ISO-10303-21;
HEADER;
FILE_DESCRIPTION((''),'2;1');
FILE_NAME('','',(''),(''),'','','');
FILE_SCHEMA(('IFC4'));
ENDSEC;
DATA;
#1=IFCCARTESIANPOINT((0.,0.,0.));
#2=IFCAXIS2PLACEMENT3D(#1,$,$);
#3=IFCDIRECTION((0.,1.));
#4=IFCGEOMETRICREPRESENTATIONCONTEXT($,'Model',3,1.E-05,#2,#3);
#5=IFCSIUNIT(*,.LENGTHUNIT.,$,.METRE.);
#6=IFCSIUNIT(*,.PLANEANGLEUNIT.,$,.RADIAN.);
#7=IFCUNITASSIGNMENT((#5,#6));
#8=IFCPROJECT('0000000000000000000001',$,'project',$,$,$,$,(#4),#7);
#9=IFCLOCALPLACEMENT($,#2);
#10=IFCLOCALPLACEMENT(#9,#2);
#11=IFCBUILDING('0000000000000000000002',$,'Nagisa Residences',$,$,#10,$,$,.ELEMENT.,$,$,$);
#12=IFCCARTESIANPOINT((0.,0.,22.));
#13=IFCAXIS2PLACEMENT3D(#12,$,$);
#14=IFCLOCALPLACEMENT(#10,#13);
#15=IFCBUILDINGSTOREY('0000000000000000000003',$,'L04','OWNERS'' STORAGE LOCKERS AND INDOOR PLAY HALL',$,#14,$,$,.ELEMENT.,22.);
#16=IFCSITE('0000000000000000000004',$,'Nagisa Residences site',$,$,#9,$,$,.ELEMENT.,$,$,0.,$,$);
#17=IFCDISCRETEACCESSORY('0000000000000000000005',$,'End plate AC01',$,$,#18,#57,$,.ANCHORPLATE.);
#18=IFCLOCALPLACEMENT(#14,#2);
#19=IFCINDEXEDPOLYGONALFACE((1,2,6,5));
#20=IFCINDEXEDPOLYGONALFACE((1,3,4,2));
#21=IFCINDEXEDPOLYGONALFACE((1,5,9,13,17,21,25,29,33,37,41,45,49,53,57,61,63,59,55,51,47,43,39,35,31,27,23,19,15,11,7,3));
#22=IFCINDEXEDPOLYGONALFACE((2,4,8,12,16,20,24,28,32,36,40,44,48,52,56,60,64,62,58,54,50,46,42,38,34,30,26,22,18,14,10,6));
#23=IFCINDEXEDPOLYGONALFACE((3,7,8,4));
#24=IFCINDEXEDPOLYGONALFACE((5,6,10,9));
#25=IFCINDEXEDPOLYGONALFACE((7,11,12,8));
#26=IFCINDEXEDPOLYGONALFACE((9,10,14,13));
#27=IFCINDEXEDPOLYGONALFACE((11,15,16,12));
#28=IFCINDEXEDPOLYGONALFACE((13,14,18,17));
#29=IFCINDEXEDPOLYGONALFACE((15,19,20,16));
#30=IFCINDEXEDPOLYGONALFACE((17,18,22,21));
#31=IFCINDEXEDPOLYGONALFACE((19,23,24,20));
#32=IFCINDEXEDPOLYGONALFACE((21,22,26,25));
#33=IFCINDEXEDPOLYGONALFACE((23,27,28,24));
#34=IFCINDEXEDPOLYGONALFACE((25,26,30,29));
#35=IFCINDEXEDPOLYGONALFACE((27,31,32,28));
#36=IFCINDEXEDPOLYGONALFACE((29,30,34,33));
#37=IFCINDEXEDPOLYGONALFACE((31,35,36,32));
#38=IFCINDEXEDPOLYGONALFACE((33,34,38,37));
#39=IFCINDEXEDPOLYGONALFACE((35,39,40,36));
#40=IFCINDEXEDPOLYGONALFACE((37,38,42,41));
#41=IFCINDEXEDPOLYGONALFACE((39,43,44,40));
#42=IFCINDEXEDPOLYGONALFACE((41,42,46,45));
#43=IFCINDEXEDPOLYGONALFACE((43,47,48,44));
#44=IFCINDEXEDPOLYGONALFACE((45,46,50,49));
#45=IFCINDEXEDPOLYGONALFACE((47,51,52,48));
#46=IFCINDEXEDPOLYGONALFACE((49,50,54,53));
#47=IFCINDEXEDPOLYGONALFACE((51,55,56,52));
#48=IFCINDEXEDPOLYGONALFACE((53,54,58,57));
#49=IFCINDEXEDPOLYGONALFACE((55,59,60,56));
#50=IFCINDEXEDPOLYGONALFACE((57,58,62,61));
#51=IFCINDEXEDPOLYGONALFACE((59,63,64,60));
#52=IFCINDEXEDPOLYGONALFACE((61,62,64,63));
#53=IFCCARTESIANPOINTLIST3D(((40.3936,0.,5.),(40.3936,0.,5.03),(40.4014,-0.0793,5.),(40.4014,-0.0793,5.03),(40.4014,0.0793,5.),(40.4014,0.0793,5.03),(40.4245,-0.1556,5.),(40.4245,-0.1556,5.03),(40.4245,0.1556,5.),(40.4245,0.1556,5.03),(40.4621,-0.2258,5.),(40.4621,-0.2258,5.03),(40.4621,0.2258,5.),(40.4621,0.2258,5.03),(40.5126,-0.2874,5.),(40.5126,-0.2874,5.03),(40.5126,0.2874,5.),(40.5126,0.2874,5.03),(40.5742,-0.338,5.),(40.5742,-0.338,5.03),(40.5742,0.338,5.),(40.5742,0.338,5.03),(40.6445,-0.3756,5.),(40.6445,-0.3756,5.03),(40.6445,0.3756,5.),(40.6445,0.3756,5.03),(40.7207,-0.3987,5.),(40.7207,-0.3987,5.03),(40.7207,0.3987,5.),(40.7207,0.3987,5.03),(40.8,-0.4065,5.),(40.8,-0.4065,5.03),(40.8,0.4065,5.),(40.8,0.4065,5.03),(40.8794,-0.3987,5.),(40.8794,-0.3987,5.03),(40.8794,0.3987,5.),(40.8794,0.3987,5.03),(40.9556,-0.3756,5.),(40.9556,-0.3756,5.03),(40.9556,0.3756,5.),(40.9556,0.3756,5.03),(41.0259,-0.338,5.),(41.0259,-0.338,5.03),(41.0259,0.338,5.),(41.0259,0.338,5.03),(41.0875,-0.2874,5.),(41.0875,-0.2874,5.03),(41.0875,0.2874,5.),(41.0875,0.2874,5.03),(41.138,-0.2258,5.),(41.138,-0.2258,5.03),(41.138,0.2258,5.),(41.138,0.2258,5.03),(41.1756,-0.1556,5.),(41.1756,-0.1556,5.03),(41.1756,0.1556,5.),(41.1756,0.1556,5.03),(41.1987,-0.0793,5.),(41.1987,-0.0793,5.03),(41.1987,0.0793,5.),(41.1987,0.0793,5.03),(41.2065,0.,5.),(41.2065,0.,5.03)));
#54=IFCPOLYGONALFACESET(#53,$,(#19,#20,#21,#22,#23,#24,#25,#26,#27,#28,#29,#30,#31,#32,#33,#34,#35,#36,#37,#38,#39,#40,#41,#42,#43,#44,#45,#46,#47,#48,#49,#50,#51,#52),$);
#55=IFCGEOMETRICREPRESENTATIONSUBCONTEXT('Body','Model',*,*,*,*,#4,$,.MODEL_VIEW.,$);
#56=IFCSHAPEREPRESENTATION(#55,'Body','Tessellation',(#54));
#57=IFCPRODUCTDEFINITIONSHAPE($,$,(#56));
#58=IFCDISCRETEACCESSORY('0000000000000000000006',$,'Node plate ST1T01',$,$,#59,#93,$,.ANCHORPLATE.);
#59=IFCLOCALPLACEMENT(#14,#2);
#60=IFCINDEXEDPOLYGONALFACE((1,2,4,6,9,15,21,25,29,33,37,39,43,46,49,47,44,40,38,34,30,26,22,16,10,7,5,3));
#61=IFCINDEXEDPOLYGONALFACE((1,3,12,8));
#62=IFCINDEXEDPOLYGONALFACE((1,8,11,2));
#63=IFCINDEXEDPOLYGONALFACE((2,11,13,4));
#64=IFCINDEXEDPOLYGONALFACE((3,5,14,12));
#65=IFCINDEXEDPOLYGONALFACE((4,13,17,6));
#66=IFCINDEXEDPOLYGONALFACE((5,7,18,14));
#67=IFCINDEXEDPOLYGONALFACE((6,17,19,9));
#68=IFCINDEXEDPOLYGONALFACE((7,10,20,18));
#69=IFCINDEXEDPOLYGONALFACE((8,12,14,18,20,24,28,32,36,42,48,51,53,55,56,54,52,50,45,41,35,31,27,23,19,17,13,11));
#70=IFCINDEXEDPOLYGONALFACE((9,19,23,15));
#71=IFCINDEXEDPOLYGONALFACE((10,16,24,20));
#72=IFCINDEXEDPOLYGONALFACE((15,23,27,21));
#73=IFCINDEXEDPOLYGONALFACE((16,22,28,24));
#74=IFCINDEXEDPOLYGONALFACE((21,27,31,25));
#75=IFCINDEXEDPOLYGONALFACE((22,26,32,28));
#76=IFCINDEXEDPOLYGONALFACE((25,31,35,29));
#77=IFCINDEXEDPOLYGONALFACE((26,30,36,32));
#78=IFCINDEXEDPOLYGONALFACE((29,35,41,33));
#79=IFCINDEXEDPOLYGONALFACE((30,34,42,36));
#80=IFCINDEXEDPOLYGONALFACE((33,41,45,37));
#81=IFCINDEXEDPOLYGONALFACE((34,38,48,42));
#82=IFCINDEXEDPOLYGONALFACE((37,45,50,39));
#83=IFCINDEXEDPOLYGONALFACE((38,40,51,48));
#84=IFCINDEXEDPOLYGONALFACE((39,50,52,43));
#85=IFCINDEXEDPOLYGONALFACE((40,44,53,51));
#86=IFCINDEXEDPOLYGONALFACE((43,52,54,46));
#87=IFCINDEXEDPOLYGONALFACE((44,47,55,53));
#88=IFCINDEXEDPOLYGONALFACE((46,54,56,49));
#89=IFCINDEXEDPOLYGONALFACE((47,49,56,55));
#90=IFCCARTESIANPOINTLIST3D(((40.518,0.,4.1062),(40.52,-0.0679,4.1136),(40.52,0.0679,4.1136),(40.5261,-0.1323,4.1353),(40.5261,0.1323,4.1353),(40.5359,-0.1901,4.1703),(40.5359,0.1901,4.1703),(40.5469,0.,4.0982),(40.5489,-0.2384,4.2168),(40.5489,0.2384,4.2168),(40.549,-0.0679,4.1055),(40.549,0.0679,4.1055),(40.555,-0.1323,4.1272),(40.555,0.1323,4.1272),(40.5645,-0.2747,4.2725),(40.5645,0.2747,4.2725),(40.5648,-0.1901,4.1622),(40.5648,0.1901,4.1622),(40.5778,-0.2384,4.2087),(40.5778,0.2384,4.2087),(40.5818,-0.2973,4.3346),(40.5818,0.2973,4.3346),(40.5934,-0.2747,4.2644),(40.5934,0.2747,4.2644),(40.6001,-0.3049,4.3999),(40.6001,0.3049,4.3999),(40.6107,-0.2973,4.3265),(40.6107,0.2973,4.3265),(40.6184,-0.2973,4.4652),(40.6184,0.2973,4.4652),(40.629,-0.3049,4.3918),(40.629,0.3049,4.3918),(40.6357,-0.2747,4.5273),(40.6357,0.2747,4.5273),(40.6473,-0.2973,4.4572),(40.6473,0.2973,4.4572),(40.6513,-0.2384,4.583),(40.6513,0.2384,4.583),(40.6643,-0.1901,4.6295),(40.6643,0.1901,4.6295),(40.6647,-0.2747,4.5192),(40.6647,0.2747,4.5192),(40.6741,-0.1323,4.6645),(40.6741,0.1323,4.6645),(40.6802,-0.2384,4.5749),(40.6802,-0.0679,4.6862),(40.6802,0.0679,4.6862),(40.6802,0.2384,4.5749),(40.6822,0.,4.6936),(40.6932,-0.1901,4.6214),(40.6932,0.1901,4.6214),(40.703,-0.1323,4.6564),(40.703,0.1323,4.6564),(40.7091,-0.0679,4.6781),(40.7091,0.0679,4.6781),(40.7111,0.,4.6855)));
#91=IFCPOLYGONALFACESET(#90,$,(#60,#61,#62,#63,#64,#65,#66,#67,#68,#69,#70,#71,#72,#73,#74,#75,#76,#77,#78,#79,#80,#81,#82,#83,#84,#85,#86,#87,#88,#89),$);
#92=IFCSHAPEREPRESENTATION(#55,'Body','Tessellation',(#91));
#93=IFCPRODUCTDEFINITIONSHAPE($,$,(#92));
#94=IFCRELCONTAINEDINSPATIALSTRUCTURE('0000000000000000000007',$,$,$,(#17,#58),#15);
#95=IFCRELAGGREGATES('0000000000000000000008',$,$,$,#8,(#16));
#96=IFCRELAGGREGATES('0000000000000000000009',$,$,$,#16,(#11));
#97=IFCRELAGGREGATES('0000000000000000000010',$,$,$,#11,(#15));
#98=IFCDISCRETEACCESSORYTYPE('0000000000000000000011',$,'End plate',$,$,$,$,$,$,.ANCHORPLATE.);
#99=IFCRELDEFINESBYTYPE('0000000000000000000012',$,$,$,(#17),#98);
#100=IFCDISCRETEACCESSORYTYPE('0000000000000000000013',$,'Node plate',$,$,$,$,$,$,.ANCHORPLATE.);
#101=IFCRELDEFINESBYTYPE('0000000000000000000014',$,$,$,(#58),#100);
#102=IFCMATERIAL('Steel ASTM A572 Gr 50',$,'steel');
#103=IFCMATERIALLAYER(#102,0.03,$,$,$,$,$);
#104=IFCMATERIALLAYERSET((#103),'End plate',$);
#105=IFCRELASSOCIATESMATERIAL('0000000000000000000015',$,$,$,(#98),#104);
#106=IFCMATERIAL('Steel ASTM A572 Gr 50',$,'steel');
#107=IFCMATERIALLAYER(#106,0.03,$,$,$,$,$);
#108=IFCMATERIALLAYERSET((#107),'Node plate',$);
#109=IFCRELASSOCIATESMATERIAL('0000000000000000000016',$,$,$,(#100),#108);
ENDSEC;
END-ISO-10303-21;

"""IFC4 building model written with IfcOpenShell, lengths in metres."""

from ifc_helpers import new_model, si_unit, direction, frame, origin, origin_2d, place, context, subcontext, project, spatial, circle, extrude, material, layer, layer_set, type_object, element, save


model = new_model("IFC4")

# Units and contexts
model_context = context("Model", 3, precision=1e-05, world=origin(), true_north=direction((0.0, 1.0)))
body_context = subcontext(model_context, "Body", "Model", "MODEL_VIEW")
ifc_project = project(units=[si_unit("LENGTHUNIT", "METRE"), si_unit("PLANEANGLEUNIT", "RADIAN")], contexts=[model_context])

# Site, building, storey
site_placement = place(None, origin())
site = spatial("IfcSite", under=ifc_project, at=site_placement, Name="Nagisa Residences site", CompositionType="ELEMENT", RefElevation=0.0)
building_placement = place(site_placement, origin())
building = spatial("IfcBuilding", under=site, at=building_placement, Name="Nagisa Residences", CompositionType="ELEMENT")
storey_placement = place(building_placement, frame((0.0, 0.0, 22.0)))
storey = spatial("IfcBuildingStorey", under=building, at=storey_placement, Name="L04", Description="OWNERS' STORAGE LOCKERS AND INDOOR PLAY HALL", CompositionType="ELEMENT", Elevation=22.0)

# Discrete accessories
ifc_material_1 = material(Name="Steel ASTM A572 Gr 50", Category="steel")
ifc_layer_1 = layer(ifc_material_1, 0.03)
ifc_layer_set_1 = layer_set([ifc_layer_1], Name="End plate")
discrete_accessory_type_1 = type_object("IfcDiscreteAccessoryType", Name="End plate", PredefinedType="ANCHORPLATE", material=ifc_layer_set_1)
discrete_accessory_1_placement = place(storey_placement, frame((40.8, 0.0, 5.0), z_axis=(0.0, 0.0, 1.0), x_axis=(1.0, 0.0, 0.0)))
element("IfcDiscreteAccessory", 1, at=discrete_accessory_1_placement, inside=storey, type_object=discrete_accessory_type_1, Name="End plate AC01", PredefinedType="ANCHORPLATE", context=body_context, shape_type="SweptSolid", body=[
    extrude(circle(Radius=0.4065, at=origin_2d()), origin(), (0.0, 0.0, 1.0), 0.03),
])
ifc_material_2 = material(Name="Steel ASTM A572 Gr 50", Category="steel")
ifc_layer_2 = layer(ifc_material_2, 0.03)
ifc_layer_set_2 = layer_set([ifc_layer_2], Name="Node plate")
discrete_accessory_type_2 = type_object("IfcDiscreteAccessoryType", Name="Node plate", PredefinedType="ANCHORPLATE", material=ifc_layer_set_2)
discrete_accessory_2_placement = place(storey_placement, frame((40.6001, 0.0, 4.3999), z_axis=(0.963049, 0.0, -0.269327), x_axis=(0.0, 1.0, 0.0)))
element("IfcDiscreteAccessory", 2, at=discrete_accessory_2_placement, inside=storey, type_object=discrete_accessory_type_2, Name="Node plate ST1T01", PredefinedType="ANCHORPLATE", context=body_context, shape_type="SweptSolid", body=[
    extrude(circle(Radius=0.3049, at=origin_2d()), origin(), (0.0, 0.0, 1.0), 0.03),
])

save(model, "model.ifc")
